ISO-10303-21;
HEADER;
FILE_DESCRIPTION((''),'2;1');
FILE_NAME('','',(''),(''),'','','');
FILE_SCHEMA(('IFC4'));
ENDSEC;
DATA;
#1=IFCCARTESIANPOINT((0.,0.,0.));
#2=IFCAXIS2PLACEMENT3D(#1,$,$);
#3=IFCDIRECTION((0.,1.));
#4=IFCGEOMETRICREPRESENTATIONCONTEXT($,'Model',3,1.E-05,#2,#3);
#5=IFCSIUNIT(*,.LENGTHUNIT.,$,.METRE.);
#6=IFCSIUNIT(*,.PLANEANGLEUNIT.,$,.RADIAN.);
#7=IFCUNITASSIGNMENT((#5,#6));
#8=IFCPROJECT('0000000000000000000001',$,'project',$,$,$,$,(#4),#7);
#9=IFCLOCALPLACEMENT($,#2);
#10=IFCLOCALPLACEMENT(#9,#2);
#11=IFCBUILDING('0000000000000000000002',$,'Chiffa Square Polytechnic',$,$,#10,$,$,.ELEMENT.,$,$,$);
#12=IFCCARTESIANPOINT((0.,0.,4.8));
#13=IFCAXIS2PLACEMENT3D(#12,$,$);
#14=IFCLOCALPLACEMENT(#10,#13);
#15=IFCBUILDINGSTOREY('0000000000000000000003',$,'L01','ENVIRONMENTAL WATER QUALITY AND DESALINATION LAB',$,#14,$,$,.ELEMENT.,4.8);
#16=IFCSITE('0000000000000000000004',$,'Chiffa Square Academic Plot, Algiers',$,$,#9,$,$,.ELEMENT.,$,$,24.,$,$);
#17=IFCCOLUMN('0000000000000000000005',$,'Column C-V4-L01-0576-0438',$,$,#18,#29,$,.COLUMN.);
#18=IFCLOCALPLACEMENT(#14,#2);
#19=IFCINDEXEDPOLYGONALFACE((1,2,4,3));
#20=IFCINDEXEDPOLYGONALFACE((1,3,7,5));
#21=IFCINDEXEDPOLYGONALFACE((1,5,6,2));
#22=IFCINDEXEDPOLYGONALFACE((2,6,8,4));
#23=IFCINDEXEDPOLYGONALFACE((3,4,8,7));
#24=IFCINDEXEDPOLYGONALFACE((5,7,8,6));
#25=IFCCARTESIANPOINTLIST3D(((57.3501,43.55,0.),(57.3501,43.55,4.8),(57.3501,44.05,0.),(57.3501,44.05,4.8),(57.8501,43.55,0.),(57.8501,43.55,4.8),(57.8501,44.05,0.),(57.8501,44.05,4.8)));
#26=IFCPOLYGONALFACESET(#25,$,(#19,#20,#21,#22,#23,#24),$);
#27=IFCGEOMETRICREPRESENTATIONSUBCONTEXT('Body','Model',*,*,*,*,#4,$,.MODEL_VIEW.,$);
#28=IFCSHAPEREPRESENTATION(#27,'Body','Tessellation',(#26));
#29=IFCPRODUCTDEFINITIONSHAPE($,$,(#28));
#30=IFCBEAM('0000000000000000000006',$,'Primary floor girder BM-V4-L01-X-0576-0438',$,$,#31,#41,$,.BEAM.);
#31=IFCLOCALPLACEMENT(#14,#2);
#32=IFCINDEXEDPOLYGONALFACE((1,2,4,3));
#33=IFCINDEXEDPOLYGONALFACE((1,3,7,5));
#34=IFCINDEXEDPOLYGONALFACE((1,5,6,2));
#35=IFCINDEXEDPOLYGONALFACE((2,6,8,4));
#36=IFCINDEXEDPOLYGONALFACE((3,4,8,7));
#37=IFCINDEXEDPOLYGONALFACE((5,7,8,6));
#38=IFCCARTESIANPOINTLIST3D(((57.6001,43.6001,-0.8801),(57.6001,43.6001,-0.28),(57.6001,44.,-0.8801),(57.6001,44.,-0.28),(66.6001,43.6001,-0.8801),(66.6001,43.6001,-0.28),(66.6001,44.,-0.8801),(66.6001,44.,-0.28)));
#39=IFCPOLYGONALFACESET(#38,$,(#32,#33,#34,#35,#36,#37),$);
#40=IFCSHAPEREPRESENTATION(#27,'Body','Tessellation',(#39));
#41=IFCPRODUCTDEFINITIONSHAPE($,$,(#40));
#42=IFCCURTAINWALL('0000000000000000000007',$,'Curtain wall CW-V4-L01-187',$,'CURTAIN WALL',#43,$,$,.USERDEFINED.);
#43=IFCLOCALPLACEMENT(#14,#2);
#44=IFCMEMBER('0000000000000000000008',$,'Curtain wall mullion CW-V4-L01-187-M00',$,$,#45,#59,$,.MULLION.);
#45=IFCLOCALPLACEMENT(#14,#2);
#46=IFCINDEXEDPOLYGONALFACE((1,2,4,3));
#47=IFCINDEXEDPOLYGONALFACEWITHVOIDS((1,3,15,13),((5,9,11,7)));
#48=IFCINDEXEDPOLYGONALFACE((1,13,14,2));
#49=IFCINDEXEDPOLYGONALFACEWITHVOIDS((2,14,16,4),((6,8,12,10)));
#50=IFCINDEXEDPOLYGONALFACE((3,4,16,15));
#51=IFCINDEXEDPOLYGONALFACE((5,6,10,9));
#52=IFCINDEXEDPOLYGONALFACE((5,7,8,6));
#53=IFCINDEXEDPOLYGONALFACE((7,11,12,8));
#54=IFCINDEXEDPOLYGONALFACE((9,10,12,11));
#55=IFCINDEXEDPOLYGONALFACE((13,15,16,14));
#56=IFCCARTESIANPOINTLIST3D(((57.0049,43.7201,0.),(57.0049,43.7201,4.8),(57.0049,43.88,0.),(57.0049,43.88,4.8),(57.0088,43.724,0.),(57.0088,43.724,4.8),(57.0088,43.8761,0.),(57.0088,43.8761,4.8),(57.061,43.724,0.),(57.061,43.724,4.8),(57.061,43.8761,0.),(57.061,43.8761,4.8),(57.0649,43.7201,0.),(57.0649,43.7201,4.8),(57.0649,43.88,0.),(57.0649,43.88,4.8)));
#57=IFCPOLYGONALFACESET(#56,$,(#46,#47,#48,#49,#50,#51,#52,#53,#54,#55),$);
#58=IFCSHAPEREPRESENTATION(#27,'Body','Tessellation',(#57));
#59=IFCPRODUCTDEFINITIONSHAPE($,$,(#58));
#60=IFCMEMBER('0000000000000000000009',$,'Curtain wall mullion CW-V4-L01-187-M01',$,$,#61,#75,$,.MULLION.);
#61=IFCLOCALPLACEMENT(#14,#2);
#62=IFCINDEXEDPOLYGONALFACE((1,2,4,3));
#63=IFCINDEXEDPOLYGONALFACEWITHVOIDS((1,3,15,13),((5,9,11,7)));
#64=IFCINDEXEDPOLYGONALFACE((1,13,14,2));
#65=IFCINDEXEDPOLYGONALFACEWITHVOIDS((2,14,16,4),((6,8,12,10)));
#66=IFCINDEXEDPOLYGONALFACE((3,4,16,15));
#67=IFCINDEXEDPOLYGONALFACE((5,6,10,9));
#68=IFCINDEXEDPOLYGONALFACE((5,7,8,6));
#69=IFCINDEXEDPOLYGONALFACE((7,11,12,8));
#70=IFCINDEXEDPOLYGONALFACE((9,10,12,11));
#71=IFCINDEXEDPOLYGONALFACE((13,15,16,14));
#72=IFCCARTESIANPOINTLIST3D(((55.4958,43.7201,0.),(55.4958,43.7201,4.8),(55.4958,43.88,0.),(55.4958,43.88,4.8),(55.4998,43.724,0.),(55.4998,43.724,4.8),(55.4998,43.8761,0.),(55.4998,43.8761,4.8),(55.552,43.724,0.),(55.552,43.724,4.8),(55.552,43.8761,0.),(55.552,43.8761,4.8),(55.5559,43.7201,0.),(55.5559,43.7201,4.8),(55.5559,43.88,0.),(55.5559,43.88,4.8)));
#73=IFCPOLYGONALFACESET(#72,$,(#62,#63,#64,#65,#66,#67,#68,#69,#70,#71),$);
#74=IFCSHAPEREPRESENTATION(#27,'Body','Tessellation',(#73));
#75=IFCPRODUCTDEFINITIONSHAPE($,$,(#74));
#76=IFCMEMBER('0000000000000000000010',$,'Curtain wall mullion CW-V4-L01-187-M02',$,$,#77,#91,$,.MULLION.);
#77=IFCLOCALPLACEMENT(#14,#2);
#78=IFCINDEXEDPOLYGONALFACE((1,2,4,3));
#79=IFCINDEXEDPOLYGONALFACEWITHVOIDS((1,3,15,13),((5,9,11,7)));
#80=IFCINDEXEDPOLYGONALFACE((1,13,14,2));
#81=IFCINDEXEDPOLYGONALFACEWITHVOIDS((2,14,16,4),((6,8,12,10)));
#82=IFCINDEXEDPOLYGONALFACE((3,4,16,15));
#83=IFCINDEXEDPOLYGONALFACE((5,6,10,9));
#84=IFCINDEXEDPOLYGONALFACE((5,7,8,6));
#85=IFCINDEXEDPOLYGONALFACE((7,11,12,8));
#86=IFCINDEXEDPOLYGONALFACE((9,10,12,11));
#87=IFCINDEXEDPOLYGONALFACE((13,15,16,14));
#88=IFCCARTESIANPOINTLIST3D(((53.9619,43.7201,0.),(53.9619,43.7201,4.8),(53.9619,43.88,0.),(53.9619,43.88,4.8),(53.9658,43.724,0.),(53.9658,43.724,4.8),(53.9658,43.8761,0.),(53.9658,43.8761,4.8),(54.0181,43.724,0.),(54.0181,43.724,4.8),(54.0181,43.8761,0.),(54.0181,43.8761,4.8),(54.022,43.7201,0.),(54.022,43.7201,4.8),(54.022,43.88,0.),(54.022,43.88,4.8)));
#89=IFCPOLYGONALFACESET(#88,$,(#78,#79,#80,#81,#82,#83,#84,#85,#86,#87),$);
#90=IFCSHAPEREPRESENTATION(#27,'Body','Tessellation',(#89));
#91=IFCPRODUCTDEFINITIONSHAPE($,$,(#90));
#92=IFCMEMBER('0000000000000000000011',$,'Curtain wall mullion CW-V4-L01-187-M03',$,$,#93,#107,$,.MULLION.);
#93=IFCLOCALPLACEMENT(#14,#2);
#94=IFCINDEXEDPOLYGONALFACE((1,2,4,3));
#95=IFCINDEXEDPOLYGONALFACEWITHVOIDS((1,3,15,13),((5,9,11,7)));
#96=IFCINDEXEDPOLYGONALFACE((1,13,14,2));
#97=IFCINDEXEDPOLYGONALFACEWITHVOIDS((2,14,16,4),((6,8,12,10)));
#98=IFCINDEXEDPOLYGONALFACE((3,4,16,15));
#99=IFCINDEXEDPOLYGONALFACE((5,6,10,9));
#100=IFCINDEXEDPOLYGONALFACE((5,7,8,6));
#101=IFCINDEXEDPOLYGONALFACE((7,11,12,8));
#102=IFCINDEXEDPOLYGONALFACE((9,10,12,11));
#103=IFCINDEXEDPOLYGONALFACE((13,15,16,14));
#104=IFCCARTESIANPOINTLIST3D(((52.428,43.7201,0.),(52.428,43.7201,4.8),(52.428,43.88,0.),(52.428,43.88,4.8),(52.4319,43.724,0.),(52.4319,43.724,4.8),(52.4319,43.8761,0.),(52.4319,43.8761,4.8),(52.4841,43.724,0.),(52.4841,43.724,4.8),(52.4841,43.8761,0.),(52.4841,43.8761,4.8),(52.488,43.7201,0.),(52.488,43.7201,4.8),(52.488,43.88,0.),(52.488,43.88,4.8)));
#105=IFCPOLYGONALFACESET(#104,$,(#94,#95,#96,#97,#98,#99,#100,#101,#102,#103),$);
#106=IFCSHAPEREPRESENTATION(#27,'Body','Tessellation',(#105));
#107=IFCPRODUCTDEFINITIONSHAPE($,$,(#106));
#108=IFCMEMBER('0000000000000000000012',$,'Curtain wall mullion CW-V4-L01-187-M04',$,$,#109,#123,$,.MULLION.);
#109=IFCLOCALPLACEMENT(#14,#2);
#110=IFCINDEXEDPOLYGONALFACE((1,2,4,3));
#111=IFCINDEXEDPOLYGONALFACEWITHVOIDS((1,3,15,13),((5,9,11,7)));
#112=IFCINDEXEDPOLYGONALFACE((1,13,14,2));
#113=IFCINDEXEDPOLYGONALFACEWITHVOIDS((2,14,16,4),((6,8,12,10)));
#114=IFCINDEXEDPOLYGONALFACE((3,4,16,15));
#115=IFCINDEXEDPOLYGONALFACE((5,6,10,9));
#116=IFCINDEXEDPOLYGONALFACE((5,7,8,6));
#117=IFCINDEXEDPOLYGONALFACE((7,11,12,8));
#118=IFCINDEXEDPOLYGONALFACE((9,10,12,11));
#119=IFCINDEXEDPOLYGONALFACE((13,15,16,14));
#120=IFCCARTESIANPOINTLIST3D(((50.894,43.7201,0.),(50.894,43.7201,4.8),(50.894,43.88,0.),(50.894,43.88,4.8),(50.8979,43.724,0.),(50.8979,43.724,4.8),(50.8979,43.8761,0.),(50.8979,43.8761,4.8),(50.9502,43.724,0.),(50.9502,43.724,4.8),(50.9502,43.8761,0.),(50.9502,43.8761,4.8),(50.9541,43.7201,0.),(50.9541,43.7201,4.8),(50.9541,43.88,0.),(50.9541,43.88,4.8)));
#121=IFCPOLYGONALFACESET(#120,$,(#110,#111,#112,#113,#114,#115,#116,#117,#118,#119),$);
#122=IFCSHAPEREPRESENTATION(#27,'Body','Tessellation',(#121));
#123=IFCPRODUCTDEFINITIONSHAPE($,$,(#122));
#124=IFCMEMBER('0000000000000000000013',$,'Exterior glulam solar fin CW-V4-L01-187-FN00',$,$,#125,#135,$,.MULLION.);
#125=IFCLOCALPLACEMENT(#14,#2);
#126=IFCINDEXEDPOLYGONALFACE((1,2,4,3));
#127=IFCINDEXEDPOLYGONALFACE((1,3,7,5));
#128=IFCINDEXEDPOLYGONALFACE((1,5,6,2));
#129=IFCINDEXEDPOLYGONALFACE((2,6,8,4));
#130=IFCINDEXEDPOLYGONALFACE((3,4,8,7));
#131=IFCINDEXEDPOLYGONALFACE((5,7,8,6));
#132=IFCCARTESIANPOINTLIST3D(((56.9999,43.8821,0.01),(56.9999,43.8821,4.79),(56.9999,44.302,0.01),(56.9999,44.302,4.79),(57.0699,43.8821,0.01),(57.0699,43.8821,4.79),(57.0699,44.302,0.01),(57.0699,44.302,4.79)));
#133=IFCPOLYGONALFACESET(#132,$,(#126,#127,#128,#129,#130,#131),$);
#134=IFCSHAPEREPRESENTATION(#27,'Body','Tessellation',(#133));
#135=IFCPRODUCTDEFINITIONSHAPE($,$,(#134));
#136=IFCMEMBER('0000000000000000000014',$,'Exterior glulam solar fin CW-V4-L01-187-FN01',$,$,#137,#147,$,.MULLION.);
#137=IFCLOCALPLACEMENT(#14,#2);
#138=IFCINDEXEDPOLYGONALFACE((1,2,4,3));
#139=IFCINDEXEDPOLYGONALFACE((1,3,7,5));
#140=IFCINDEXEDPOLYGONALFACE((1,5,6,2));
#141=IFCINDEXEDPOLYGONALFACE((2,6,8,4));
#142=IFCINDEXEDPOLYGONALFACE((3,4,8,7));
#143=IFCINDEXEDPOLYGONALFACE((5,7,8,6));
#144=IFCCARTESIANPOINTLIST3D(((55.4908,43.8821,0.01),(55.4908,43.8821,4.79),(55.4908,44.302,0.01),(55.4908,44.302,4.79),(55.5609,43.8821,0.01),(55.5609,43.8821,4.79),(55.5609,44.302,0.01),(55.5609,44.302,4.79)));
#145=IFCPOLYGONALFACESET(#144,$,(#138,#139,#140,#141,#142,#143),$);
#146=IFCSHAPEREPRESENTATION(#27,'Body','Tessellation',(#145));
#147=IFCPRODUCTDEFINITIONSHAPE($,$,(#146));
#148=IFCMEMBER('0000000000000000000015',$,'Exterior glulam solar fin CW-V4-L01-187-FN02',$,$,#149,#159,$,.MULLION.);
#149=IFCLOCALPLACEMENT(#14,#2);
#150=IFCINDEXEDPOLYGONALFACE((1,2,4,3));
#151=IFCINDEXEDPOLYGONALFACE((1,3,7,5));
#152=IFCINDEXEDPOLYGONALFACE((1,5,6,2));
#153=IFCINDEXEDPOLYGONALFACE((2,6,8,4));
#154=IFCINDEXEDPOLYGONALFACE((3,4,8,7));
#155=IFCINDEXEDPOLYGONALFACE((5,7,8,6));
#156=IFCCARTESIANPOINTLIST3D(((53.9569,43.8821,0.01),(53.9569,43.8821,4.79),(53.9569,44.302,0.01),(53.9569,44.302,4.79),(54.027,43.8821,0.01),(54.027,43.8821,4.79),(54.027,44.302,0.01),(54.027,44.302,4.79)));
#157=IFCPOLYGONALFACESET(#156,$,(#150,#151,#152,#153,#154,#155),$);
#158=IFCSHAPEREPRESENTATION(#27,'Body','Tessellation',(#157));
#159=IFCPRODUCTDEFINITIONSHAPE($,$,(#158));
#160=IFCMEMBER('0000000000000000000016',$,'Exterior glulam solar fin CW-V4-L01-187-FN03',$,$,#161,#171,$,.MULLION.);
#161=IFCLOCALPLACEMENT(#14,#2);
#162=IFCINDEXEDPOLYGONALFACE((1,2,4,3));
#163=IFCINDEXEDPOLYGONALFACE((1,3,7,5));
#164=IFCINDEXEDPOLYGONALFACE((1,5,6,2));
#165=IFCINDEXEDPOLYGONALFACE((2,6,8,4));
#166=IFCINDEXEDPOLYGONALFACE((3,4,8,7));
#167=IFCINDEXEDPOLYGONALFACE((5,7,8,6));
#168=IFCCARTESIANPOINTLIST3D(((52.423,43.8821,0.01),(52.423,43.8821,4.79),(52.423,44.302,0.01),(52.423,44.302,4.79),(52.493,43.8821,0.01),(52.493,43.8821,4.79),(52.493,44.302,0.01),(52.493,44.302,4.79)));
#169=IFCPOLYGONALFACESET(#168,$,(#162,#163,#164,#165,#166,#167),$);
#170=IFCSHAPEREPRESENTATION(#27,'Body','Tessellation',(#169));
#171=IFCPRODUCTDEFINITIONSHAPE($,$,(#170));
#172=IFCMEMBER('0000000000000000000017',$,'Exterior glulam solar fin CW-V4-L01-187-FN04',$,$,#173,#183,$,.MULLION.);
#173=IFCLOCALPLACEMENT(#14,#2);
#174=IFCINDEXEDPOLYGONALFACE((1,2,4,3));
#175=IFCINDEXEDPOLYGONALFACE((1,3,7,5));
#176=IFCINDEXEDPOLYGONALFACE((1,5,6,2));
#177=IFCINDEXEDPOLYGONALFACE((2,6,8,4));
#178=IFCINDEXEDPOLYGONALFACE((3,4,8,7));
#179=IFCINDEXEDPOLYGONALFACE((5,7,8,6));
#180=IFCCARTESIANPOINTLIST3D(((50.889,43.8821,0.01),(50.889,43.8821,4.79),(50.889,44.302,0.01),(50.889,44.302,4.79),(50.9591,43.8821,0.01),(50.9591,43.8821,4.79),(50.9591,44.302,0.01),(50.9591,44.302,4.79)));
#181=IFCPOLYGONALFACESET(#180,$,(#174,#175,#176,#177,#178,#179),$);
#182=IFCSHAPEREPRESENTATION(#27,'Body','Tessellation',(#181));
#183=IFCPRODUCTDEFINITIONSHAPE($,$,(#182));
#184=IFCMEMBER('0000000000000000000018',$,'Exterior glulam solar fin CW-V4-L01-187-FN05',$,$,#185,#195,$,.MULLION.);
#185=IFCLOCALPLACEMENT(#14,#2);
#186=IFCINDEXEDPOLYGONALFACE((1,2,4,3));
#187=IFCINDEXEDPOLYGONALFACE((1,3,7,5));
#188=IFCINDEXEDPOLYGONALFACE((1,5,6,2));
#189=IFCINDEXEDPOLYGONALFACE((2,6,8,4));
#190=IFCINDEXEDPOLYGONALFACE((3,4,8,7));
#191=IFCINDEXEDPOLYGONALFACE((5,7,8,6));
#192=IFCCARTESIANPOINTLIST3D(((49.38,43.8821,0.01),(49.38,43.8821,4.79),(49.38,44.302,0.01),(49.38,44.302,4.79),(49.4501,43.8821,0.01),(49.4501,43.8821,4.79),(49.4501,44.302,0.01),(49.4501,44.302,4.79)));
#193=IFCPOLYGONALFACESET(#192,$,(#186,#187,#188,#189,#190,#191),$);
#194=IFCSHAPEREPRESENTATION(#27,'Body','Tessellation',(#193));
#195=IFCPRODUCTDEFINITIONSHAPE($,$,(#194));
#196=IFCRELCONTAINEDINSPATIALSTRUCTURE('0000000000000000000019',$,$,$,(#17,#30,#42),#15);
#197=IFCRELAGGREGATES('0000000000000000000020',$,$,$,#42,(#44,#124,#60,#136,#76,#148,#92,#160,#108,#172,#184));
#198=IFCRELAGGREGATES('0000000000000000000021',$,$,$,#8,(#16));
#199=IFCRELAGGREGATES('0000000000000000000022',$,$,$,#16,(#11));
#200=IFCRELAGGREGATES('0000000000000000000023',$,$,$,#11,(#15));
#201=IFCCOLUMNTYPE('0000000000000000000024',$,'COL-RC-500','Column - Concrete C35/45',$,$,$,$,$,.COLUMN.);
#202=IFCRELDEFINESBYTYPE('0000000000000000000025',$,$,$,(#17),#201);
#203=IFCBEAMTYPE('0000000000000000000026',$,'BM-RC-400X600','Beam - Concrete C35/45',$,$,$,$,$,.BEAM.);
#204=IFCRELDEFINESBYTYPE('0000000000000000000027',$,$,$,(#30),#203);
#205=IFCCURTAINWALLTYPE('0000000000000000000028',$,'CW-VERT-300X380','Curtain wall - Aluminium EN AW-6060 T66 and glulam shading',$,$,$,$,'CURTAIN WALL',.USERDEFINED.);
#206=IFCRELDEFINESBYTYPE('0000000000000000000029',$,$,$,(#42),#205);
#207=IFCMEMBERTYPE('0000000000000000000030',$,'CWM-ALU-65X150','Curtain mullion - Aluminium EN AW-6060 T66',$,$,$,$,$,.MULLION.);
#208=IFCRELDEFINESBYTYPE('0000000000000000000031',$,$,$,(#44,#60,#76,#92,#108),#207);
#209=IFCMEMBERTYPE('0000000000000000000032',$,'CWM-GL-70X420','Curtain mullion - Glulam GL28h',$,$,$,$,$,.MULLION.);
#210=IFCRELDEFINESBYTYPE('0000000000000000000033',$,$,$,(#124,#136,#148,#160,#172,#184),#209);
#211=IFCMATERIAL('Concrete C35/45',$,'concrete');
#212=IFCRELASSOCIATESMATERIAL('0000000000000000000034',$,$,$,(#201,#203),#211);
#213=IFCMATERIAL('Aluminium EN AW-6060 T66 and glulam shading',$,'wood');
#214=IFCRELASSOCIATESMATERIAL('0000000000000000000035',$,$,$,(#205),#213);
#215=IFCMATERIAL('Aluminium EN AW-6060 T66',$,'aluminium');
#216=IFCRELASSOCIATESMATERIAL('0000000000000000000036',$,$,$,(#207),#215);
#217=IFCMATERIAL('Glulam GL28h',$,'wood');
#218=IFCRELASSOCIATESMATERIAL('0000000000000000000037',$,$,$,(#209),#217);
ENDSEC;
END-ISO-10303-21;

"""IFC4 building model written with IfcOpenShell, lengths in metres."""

from ifc_helpers import new_model, si_unit, direction, frame, origin, origin_2d, place, context, subcontext, project, spatial, rectangle, hollow_rectangle, extrude, material, material_profile, profile_set, type_object, element, aggregate, save


model = new_model("IFC4")

# Units and contexts
model_context = context("Model", 3, precision=1e-05, world=origin(), true_north=direction((0.0, 1.0)))
body_context = subcontext(model_context, "Body", "Model", "MODEL_VIEW")
ifc_project = project(units=[si_unit("LENGTHUNIT", "METRE"), si_unit("PLANEANGLEUNIT", "RADIAN")], contexts=[model_context])

# Site, building, storey
site_placement = place(None, origin())
site = spatial("IfcSite", under=ifc_project, at=site_placement, Name="Chiffa Square Academic Plot, Algiers", CompositionType="ELEMENT", RefElevation=24.0)
building_placement = place(site_placement, origin())
building = spatial("IfcBuilding", under=site, at=building_placement, Name="Chiffa Square Polytechnic", CompositionType="ELEMENT")
storey_placement = place(building_placement, frame((0.0, 0.0, 4.8)))
storey = spatial("IfcBuildingStorey", under=building, at=storey_placement, Name="L01", Description="ENVIRONMENTAL WATER QUALITY AND DESALINATION LAB", CompositionType="ELEMENT", Elevation=4.8)

# Column
ifc_material_1 = material(Name="Concrete C35/45", Category="concrete")
ifc_material_profile_1 = material_profile(ifc_material_1, rectangle(XDim=0.5, YDim=0.5, at=origin_2d()), Name="RC 500x500")
ifc_profile_set_1 = profile_set([ifc_material_profile_1], Name="Concrete C35/45")
column_type = type_object("IfcColumnType", Name="COL-RC-500", Description="Column - Concrete C35/45", PredefinedType="COLUMN", material=ifc_profile_set_1)
column_placement = place(storey_placement, frame((57.6001, 43.8, 0.0), z_axis=(0.0, 0.0, 1.0), x_axis=(1.0, 0.0, 0.0)))
element("IfcColumn", 1, at=column_placement, inside=storey, type_object=column_type, Name="Column C-V4-L01-0576-0438", PredefinedType="COLUMN", context=body_context, shape_type="SweptSolid", body=[
    extrude(rectangle(XDim=0.5, YDim=0.5, at=origin_2d()), origin(), (0.0, 0.0, 1.0), 4.8),
])

# Beam
ifc_material_profile_2 = material_profile(ifc_material_1, rectangle(XDim=0.3999, YDim=0.6001, at=origin_2d()), Name="RC 400x600")
ifc_profile_set_2 = profile_set([ifc_material_profile_2], Name="Concrete C35/45")
beam_type = type_object("IfcBeamType", Name="BM-RC-400X600", Description="Beam - Concrete C35/45", PredefinedType="BEAM", material=ifc_profile_set_2)
beam_placement = place(storey_placement, frame((57.6001, 43.8, -0.5801), z_axis=(1.0, 0.0, 0.0), x_axis=(0.0, 1.0, 0.0)))
element("IfcBeam", 2, at=beam_placement, inside=storey, type_object=beam_type, Name="Primary floor girder BM-V4-L01-X-0576-0438", PredefinedType="BEAM", context=body_context, shape_type="SweptSolid", body=[
    extrude(rectangle(XDim=0.3999, YDim=0.6001, at=origin_2d()), origin(), (0.0, 0.0, 1.0), 9.0),
])

# Curtain wall, members
ifc_material_2 = material(Name="Aluminium EN AW-6060 T66 and glulam shading", Category="wood")
curtain_wall_type = type_object("IfcCurtainWallType", Name="CW-VERT-300X380", Description="Curtain wall - Aluminium EN AW-6060 T66 and glulam shading", ElementType="CURTAIN WALL", PredefinedType="USERDEFINED", material=ifc_material_2)
curtain_wall_placement = place(storey_placement, origin())
curtain_wall = element("IfcCurtainWall", 3, at=curtain_wall_placement, inside=storey, type_object=curtain_wall_type, Name="Curtain wall CW-V4-L01-187", ObjectType="CURTAIN WALL", PredefinedType="USERDEFINED")
ifc_material_3 = material(Name="Aluminium EN AW-6060 T66", Category="aluminium")
ifc_material_profile_3 = material_profile(ifc_material_3, hollow_rectangle(XDim=0.0601, YDim=0.1599, WallThickness=0.0039, at=origin_2d()), Name="ALU 60x160x4")
ifc_profile_set_3 = profile_set([ifc_material_profile_3], Name="Aluminium EN AW-6060 T66")
member_type_1 = type_object("IfcMemberType", Name="CWM-ALU-65X150", Description="Curtain mullion - Aluminium EN AW-6060 T66", PredefinedType="MULLION", material=ifc_profile_set_3)
member_1_placement = place(storey_placement, frame((57.0349, 43.8, 0.0), z_axis=(0.0, 0.0, 1.0), x_axis=(1.0, 0.0, 0.0)))
member_1 = element("IfcMember", 4, at=member_1_placement, type_object=member_type_1, Name="Curtain wall mullion CW-V4-L01-187-M00", PredefinedType="MULLION", context=body_context, shape_type="SweptSolid", body=[
    extrude(hollow_rectangle(XDim=0.0601, YDim=0.1599, WallThickness=0.0039, at=origin_2d()), origin(), (0.0, 0.0, 1.0), 4.8),
])
member_2_placement = place(storey_placement, frame((55.5259, 43.8, 0.0), z_axis=(0.0, 0.0, 1.0), x_axis=(1.0, 0.0, 0.0)))
member_2 = element("IfcMember", 5, at=member_2_placement, type_object=member_type_1, Name="Curtain wall mullion CW-V4-L01-187-M01", PredefinedType="MULLION", context=body_context, shape_type="SweptSolid", body=[
    extrude(hollow_rectangle(XDim=0.0601, YDim=0.1599, WallThickness=0.0039, at=origin_2d()), origin(), (0.0, 0.0, 1.0), 4.8),
])
member_3_placement = place(storey_placement, frame((53.9919, 43.8, 0.0), z_axis=(0.0, 0.0, 1.0), x_axis=(1.0, 0.0, 0.0)))
member_3 = element("IfcMember", 6, at=member_3_placement, type_object=member_type_1, Name="Curtain wall mullion CW-V4-L01-187-M02", PredefinedType="MULLION", context=body_context, shape_type="SweptSolid", body=[
    extrude(hollow_rectangle(XDim=0.0601, YDim=0.1599, WallThickness=0.0039, at=origin_2d()), origin(), (0.0, 0.0, 1.0), 4.8),
])
member_4_placement = place(storey_placement, frame((52.458, 43.8, 0.0), z_axis=(0.0, 0.0, 1.0), x_axis=(1.0, 0.0, 0.0)))
member_4 = element("IfcMember", 7, at=member_4_placement, type_object=member_type_1, Name="Curtain wall mullion CW-V4-L01-187-M03", PredefinedType="MULLION", context=body_context, shape_type="SweptSolid", body=[
    extrude(hollow_rectangle(XDim=0.0601, YDim=0.1599, WallThickness=0.0039, at=origin_2d()), origin(), (0.0, 0.0, 1.0), 4.8),
])
member_5_placement = place(storey_placement, frame((50.9241, 43.8, 0.0), z_axis=(0.0, 0.0, 1.0), x_axis=(1.0, 0.0, 0.0)))
member_5 = element("IfcMember", 8, at=member_5_placement, type_object=member_type_1, Name="Curtain wall mullion CW-V4-L01-187-M04", PredefinedType="MULLION", context=body_context, shape_type="SweptSolid", body=[
    extrude(hollow_rectangle(XDim=0.0601, YDim=0.1599, WallThickness=0.0039, at=origin_2d()), origin(), (0.0, 0.0, 1.0), 4.8),
])
ifc_material_4 = material(Name="Glulam GL28h", Category="wood")
ifc_material_profile_4 = material_profile(ifc_material_4, rectangle(XDim=0.0701, YDim=0.4199, at=origin_2d()), Name="GL28h 70x420")
ifc_profile_set_4 = profile_set([ifc_material_profile_4], Name="Glulam GL28h")
member_type_2 = type_object("IfcMemberType", Name="CWM-GL-70X420", Description="Curtain mullion - Glulam GL28h", PredefinedType="MULLION", material=ifc_profile_set_4)
member_6_placement = place(storey_placement, frame((57.0349, 44.092, 0.01), z_axis=(0.0, 0.0, 1.0), x_axis=(-1.0, 0.0, 0.0)))
member_6 = element("IfcMember", 9, at=member_6_placement, type_object=member_type_2, Name="Exterior glulam solar fin CW-V4-L01-187-FN00", PredefinedType="MULLION", context=body_context, shape_type="SweptSolid", body=[
    extrude(rectangle(XDim=0.0701, YDim=0.4199, at=origin_2d()), origin(), (0.0, 0.0, 1.0), 4.78),
])
member_7_placement = place(storey_placement, frame((55.5259, 44.092, 0.01), z_axis=(0.0, 0.0, 1.0), x_axis=(-1.0, 0.0, 0.0)))
member_7 = element("IfcMember", 10, at=member_7_placement, type_object=member_type_2, Name="Exterior glulam solar fin CW-V4-L01-187-FN01", PredefinedType="MULLION", context=body_context, shape_type="SweptSolid", body=[
    extrude(rectangle(XDim=0.0701, YDim=0.4199, at=origin_2d()), origin(), (0.0, 0.0, 1.0), 4.78),
])
member_8_placement = place(storey_placement, frame((53.9919, 44.092, 0.01), z_axis=(0.0, 0.0, 1.0), x_axis=(-1.0, 0.0, 0.0)))
member_8 = element("IfcMember", 11, at=member_8_placement, type_object=member_type_2, Name="Exterior glulam solar fin CW-V4-L01-187-FN02", PredefinedType="MULLION", context=body_context, shape_type="SweptSolid", body=[
    extrude(rectangle(XDim=0.0701, YDim=0.4199, at=origin_2d()), origin(), (0.0, 0.0, 1.0), 4.78),
])
member_9_placement = place(storey_placement, frame((52.458, 44.092, 0.01), z_axis=(0.0, 0.0, 1.0), x_axis=(-1.0, 0.0, 0.0)))
member_9 = element("IfcMember", 12, at=member_9_placement, type_object=member_type_2, Name="Exterior glulam solar fin CW-V4-L01-187-FN03", PredefinedType="MULLION", context=body_context, shape_type="SweptSolid", body=[
    extrude(rectangle(XDim=0.0701, YDim=0.4199, at=origin_2d()), origin(), (0.0, 0.0, 1.0), 4.78),
])
member_10_placement = place(storey_placement, frame((50.9241, 44.092, 0.01), z_axis=(0.0, 0.0, 1.0), x_axis=(-1.0, 0.0, 0.0)))
member_10 = element("IfcMember", 13, at=member_10_placement, type_object=member_type_2, Name="Exterior glulam solar fin CW-V4-L01-187-FN04", PredefinedType="MULLION", context=body_context, shape_type="SweptSolid", body=[
    extrude(rectangle(XDim=0.0701, YDim=0.4199, at=origin_2d()), origin(), (0.0, 0.0, 1.0), 4.78),
])
member_11_placement = place(storey_placement, frame((49.415, 44.092, 0.01), z_axis=(0.0, 0.0, 1.0), x_axis=(-1.0, 0.0, 0.0)))
member_11 = element("IfcMember", 14, at=member_11_placement, type_object=member_type_2, Name="Exterior glulam solar fin CW-V4-L01-187-FN05", PredefinedType="MULLION", context=body_context, shape_type="SweptSolid", body=[
    extrude(rectangle(XDim=0.0701, YDim=0.4199, at=origin_2d()), origin(), (0.0, 0.0, 1.0), 4.78),
])
aggregate(curtain_wall, [member_1, member_6, member_2, member_7, member_3, member_8, member_4, member_9, member_5, member_10, member_11])

save(model, "model.ifc")
